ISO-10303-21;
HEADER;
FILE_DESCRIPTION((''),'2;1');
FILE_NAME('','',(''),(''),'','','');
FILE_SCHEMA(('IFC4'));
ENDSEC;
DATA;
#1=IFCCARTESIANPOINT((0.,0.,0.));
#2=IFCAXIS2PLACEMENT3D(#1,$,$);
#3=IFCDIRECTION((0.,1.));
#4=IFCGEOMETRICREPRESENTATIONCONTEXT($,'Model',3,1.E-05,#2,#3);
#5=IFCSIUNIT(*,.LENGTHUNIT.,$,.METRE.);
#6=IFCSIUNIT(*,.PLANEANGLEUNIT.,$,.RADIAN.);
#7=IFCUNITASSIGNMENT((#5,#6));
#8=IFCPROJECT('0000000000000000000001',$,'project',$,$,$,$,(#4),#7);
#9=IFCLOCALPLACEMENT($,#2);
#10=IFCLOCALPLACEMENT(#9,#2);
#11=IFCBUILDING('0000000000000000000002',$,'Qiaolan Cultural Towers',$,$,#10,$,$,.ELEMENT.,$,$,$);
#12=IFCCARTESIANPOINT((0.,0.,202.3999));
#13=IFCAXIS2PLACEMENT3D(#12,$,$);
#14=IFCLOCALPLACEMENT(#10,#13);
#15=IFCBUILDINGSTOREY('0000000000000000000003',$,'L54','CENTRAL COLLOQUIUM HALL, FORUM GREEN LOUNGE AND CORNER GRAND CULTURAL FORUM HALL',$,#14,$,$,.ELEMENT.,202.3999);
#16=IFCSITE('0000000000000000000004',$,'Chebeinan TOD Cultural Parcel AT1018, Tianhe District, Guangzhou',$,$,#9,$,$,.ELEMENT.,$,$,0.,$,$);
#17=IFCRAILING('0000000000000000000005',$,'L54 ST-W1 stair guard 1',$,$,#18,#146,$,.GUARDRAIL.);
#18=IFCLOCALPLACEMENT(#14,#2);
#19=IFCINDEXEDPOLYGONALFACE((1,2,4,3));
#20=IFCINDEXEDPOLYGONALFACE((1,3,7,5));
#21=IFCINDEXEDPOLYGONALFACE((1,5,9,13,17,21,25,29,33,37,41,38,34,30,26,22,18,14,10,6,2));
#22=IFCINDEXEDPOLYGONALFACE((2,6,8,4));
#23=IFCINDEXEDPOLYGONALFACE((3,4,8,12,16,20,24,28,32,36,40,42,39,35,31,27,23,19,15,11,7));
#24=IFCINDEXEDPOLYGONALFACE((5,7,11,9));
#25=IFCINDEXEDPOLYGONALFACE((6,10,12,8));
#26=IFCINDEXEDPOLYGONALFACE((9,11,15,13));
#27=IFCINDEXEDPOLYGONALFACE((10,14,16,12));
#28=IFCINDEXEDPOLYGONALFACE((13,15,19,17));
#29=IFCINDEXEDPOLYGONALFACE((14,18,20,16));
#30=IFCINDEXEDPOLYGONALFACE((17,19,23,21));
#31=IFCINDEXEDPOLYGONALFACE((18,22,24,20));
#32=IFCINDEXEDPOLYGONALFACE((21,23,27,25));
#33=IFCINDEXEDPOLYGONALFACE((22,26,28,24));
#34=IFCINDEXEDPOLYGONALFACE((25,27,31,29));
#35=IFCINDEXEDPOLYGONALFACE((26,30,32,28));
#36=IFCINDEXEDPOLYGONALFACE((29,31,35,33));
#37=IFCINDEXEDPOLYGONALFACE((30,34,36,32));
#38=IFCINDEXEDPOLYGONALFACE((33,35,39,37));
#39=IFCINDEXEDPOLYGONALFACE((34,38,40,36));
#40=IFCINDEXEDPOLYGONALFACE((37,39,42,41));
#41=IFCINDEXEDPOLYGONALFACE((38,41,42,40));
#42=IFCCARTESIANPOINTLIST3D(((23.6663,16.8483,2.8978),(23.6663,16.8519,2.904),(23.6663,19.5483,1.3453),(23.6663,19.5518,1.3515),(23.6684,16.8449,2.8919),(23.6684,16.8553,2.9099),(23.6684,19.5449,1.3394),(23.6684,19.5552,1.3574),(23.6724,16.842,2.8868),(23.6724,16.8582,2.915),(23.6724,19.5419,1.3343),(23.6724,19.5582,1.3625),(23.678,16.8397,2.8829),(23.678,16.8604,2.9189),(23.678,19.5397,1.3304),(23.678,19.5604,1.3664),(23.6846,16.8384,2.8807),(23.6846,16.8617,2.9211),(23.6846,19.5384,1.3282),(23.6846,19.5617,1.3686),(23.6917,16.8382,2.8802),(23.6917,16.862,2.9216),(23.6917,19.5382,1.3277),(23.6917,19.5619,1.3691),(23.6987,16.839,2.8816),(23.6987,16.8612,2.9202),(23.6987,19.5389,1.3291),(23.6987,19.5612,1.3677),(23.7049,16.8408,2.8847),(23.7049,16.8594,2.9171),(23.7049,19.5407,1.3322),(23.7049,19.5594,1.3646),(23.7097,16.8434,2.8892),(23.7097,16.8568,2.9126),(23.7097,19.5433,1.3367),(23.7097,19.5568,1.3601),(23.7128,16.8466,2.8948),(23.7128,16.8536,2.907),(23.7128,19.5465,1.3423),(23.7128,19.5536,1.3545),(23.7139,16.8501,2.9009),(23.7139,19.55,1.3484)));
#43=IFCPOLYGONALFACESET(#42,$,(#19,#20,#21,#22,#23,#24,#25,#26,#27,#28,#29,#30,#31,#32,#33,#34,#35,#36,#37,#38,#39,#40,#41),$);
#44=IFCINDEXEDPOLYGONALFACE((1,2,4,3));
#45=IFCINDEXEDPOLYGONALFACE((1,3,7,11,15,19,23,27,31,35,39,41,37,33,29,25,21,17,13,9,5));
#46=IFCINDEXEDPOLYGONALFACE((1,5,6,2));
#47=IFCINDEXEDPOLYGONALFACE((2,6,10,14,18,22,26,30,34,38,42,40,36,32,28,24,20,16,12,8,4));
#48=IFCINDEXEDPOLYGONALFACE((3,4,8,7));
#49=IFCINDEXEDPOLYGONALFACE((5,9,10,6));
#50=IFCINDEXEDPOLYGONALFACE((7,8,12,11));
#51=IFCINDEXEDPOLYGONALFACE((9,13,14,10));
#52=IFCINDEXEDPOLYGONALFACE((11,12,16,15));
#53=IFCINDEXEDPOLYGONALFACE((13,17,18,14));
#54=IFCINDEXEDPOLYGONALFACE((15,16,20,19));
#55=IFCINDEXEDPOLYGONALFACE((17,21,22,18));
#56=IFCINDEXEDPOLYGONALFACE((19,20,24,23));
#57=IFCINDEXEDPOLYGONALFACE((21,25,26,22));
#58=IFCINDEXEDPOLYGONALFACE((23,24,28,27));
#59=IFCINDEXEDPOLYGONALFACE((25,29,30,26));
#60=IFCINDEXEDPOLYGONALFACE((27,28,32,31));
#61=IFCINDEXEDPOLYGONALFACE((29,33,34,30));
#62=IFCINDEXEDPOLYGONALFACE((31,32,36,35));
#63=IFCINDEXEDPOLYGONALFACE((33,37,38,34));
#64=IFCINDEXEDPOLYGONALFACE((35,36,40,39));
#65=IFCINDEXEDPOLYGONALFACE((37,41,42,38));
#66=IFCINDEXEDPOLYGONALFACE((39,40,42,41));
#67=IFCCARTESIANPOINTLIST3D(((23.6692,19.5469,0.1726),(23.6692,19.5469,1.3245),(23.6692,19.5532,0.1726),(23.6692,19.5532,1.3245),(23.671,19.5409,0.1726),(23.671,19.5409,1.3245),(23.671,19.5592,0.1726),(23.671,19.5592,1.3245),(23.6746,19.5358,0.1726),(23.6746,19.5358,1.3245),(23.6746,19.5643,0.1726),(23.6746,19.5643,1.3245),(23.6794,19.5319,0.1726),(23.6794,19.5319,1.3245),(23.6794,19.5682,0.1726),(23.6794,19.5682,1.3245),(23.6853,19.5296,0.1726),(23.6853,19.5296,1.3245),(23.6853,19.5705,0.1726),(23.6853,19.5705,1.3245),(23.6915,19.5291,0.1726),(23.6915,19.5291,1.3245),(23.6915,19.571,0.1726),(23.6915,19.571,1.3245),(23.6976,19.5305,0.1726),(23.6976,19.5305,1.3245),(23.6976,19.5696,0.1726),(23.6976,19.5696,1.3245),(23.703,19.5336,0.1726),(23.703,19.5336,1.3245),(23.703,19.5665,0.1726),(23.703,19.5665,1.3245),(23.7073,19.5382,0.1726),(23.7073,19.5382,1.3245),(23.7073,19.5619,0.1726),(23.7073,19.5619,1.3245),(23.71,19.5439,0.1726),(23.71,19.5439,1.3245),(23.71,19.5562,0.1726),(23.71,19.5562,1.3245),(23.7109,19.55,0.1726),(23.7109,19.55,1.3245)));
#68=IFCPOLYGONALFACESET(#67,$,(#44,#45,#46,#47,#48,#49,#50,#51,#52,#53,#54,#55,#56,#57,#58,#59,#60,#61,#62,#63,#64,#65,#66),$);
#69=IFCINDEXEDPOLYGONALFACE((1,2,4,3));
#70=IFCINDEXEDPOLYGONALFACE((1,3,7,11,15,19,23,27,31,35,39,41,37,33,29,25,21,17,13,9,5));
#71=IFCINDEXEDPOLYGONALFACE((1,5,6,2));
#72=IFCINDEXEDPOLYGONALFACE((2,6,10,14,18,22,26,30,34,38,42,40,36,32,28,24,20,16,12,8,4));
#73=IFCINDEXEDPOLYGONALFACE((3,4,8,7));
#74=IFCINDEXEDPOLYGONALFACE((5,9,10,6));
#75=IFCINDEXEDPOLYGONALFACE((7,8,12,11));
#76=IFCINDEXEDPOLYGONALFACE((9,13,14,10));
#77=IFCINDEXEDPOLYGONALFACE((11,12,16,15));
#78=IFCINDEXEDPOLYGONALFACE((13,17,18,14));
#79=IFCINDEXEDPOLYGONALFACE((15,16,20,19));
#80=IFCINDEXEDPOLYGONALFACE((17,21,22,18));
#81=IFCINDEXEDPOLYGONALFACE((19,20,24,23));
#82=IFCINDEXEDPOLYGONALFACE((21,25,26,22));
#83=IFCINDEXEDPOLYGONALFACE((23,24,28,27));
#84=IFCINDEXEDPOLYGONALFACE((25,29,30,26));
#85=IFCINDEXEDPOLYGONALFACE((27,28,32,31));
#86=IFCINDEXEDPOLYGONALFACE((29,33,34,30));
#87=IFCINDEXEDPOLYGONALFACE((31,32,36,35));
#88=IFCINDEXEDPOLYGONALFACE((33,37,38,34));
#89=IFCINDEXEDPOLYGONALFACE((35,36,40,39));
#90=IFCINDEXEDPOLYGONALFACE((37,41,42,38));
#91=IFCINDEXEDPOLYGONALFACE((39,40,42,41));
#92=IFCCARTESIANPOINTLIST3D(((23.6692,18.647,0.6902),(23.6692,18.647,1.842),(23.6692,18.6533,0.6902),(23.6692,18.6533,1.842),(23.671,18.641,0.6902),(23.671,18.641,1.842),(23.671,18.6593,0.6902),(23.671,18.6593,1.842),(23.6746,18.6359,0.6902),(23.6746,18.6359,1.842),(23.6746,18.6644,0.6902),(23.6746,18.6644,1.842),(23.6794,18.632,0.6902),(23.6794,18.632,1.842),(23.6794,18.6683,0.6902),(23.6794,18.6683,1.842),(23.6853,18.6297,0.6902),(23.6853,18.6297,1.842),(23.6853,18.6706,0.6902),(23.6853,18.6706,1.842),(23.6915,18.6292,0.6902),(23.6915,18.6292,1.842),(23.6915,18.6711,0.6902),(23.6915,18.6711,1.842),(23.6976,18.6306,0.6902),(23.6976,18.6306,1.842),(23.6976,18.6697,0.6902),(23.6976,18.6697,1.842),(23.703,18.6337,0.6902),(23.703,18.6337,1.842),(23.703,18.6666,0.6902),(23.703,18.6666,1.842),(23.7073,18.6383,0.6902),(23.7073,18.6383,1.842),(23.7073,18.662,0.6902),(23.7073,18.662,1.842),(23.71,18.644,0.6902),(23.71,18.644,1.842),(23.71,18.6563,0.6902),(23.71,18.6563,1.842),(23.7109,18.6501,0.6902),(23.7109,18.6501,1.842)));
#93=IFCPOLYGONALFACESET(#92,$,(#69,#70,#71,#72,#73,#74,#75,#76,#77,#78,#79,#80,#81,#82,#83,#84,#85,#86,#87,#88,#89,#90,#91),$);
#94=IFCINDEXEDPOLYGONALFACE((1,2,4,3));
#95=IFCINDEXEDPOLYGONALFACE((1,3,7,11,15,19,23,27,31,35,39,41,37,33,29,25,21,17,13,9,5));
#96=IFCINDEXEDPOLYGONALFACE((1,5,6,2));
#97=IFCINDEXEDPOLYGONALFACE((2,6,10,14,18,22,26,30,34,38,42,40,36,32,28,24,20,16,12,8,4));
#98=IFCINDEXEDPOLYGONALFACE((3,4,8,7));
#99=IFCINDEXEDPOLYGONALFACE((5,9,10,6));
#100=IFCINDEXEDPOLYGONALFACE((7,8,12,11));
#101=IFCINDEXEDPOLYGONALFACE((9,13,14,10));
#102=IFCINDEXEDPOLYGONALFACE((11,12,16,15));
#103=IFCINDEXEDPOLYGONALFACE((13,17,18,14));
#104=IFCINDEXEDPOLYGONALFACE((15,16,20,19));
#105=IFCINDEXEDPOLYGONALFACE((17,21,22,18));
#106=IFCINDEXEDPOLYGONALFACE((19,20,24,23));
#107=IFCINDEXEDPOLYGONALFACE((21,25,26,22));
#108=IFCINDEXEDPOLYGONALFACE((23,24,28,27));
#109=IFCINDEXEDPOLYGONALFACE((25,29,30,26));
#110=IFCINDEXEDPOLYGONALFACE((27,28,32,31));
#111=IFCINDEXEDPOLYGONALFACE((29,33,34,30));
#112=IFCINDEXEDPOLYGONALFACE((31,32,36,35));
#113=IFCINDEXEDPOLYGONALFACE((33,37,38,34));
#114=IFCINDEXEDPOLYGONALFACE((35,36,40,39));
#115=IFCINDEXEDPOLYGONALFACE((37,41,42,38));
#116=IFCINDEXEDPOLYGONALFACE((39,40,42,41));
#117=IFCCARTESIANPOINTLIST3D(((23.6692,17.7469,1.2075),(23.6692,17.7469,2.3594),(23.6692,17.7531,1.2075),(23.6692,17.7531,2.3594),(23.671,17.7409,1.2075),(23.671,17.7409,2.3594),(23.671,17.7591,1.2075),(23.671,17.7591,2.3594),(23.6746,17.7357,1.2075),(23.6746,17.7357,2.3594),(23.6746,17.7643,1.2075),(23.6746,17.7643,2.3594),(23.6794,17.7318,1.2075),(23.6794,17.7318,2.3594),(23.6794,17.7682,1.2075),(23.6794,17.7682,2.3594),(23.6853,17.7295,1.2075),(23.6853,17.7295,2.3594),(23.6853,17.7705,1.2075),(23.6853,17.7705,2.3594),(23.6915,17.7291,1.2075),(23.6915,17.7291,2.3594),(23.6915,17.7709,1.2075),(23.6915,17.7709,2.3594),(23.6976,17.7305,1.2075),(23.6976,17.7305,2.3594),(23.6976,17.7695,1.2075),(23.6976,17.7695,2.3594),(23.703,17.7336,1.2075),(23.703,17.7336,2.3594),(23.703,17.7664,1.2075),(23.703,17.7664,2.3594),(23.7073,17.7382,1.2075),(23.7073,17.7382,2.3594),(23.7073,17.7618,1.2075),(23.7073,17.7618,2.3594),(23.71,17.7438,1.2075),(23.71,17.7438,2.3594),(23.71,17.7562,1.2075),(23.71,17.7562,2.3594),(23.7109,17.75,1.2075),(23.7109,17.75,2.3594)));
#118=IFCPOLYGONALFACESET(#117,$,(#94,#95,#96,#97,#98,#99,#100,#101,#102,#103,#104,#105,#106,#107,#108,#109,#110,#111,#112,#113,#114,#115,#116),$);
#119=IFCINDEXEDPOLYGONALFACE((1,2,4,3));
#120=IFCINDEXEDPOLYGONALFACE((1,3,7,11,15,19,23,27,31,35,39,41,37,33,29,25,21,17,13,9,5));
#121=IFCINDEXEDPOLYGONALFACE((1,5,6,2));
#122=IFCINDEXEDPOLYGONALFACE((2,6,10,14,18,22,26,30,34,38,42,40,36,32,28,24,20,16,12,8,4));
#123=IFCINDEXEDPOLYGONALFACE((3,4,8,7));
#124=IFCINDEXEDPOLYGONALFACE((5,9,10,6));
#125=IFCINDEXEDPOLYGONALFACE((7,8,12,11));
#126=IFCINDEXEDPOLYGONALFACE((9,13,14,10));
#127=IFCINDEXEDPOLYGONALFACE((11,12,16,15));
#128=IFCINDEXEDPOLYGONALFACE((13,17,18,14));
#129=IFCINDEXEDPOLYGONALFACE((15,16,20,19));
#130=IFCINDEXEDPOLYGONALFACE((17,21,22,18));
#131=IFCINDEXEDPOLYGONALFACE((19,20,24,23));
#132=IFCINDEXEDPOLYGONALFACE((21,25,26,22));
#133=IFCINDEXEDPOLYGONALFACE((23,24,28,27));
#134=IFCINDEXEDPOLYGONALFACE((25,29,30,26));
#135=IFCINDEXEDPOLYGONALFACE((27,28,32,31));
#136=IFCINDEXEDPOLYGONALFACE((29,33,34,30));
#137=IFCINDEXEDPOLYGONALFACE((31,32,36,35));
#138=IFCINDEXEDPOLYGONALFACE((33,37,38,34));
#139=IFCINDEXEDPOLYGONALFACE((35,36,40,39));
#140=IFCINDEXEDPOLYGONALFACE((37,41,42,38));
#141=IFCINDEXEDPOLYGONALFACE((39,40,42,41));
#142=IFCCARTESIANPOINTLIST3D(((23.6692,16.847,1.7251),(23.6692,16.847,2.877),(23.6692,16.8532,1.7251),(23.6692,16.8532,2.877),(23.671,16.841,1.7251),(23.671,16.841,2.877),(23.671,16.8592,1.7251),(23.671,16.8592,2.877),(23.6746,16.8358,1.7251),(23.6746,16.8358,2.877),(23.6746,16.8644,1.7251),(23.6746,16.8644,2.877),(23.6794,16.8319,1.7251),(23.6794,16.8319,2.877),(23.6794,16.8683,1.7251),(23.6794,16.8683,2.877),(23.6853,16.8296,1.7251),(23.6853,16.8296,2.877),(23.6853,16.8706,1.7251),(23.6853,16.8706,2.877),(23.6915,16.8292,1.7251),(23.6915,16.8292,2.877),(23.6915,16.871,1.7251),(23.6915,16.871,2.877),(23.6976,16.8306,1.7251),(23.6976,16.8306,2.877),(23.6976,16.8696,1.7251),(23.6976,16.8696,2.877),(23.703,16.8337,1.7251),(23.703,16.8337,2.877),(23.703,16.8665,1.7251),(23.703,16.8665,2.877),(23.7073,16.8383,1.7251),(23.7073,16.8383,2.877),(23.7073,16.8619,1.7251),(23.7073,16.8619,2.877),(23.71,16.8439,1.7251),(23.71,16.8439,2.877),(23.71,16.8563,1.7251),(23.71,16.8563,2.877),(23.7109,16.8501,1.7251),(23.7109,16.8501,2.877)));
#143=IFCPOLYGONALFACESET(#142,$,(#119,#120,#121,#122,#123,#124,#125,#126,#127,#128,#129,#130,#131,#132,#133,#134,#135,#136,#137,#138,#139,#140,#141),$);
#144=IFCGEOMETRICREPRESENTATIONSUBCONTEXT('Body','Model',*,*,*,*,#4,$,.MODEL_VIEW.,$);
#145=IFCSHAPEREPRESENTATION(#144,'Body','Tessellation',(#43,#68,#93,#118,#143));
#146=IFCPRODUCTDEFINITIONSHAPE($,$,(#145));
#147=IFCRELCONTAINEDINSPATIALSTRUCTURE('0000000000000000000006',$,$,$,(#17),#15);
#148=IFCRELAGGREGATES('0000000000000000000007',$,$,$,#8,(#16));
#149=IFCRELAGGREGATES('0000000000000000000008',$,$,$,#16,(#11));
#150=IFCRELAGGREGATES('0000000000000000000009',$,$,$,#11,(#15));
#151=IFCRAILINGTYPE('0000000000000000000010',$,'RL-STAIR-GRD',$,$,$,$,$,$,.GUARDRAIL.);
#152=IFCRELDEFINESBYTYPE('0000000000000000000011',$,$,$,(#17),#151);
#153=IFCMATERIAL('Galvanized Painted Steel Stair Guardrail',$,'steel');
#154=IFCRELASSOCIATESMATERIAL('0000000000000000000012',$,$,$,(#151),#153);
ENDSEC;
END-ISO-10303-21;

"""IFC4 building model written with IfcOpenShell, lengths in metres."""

from ifc_helpers import new_model, si_unit, direction, frame, origin, origin_2d, place, context, subcontext, project, spatial, circle, extrude, material, type_object, element, save


model = new_model("IFC4")

# Units and contexts
model_context = context("Model", 3, precision=1e-05, world=origin(), true_north=direction((0.0, 1.0)))
body_context = subcontext(model_context, "Body", "Model", "MODEL_VIEW")
ifc_project = project(units=[si_unit("LENGTHUNIT", "METRE"), si_unit("PLANEANGLEUNIT", "RADIAN")], contexts=[model_context])

# Site, building, storey
site_placement = place(None, origin())
site = spatial("IfcSite", under=ifc_project, at=site_placement, Name="Chebeinan TOD Cultural Parcel AT1018, Tianhe District, Guangzhou", CompositionType="ELEMENT", RefElevation=0.0)
building_placement = place(site_placement, origin())
building = spatial("IfcBuilding", under=site, at=building_placement, Name="Qiaolan Cultural Towers", CompositionType="ELEMENT")
storey_placement = place(building_placement, frame((0.0, 0.0, 202.3999)))
storey = spatial("IfcBuildingStorey", under=building, at=storey_placement, Name="L54", Description="CENTRAL COLLOQUIUM HALL, FORUM GREEN LOUNGE AND CORNER GRAND CULTURAL FORUM HALL", CompositionType="ELEMENT", Elevation=202.3999)

# Railing
ifc_material_1 = material(Name="Galvanized Painted Steel Stair Guardrail", Category="steel")
railing_type_1 = type_object("IfcRailingType", Name="RL-STAIR-GRD", PredefinedType="GUARDRAIL", material=ifc_material_1)
railing_1_placement = place(storey_placement, frame((23.6899, 19.55, 0.1726)))
element("IfcRailing", 1, at=railing_1_placement, inside=storey, type_object=railing_type_1, Name="L54 ST-W1 stair guard 1", PredefinedType="GUARDRAIL", context=body_context, shape_type="SweptSolid", body=[
    extrude(circle(Radius=0.0239, at=origin_2d()), frame((0.0, 0.0, 1.1758), z_axis=(0.0, -0.866904, 0.498476), x_axis=(1.0, 0.0, 0.0)), (0.0, 0.0, 1.0), 3.1145),
    extrude(circle(Radius=0.021, at=origin_2d()), origin(), (0.0, 0.0, 1.0), 1.1519),
    extrude(circle(Radius=0.021, at=origin_2d()), frame((0.0, -0.8999, 0.5176)), (0.0, 0.0, 1.0), 1.1519),
    extrude(circle(Radius=0.021, at=origin_2d()), frame((0.0, -1.8, 1.0349)), (0.0, 0.0, 1.0), 1.1519),
    extrude(circle(Radius=0.021, at=origin_2d()), frame((0.0, -2.7, 1.5525)), (0.0, 0.0, 1.0), 1.1519),
])

save(model, "model.ifc")
